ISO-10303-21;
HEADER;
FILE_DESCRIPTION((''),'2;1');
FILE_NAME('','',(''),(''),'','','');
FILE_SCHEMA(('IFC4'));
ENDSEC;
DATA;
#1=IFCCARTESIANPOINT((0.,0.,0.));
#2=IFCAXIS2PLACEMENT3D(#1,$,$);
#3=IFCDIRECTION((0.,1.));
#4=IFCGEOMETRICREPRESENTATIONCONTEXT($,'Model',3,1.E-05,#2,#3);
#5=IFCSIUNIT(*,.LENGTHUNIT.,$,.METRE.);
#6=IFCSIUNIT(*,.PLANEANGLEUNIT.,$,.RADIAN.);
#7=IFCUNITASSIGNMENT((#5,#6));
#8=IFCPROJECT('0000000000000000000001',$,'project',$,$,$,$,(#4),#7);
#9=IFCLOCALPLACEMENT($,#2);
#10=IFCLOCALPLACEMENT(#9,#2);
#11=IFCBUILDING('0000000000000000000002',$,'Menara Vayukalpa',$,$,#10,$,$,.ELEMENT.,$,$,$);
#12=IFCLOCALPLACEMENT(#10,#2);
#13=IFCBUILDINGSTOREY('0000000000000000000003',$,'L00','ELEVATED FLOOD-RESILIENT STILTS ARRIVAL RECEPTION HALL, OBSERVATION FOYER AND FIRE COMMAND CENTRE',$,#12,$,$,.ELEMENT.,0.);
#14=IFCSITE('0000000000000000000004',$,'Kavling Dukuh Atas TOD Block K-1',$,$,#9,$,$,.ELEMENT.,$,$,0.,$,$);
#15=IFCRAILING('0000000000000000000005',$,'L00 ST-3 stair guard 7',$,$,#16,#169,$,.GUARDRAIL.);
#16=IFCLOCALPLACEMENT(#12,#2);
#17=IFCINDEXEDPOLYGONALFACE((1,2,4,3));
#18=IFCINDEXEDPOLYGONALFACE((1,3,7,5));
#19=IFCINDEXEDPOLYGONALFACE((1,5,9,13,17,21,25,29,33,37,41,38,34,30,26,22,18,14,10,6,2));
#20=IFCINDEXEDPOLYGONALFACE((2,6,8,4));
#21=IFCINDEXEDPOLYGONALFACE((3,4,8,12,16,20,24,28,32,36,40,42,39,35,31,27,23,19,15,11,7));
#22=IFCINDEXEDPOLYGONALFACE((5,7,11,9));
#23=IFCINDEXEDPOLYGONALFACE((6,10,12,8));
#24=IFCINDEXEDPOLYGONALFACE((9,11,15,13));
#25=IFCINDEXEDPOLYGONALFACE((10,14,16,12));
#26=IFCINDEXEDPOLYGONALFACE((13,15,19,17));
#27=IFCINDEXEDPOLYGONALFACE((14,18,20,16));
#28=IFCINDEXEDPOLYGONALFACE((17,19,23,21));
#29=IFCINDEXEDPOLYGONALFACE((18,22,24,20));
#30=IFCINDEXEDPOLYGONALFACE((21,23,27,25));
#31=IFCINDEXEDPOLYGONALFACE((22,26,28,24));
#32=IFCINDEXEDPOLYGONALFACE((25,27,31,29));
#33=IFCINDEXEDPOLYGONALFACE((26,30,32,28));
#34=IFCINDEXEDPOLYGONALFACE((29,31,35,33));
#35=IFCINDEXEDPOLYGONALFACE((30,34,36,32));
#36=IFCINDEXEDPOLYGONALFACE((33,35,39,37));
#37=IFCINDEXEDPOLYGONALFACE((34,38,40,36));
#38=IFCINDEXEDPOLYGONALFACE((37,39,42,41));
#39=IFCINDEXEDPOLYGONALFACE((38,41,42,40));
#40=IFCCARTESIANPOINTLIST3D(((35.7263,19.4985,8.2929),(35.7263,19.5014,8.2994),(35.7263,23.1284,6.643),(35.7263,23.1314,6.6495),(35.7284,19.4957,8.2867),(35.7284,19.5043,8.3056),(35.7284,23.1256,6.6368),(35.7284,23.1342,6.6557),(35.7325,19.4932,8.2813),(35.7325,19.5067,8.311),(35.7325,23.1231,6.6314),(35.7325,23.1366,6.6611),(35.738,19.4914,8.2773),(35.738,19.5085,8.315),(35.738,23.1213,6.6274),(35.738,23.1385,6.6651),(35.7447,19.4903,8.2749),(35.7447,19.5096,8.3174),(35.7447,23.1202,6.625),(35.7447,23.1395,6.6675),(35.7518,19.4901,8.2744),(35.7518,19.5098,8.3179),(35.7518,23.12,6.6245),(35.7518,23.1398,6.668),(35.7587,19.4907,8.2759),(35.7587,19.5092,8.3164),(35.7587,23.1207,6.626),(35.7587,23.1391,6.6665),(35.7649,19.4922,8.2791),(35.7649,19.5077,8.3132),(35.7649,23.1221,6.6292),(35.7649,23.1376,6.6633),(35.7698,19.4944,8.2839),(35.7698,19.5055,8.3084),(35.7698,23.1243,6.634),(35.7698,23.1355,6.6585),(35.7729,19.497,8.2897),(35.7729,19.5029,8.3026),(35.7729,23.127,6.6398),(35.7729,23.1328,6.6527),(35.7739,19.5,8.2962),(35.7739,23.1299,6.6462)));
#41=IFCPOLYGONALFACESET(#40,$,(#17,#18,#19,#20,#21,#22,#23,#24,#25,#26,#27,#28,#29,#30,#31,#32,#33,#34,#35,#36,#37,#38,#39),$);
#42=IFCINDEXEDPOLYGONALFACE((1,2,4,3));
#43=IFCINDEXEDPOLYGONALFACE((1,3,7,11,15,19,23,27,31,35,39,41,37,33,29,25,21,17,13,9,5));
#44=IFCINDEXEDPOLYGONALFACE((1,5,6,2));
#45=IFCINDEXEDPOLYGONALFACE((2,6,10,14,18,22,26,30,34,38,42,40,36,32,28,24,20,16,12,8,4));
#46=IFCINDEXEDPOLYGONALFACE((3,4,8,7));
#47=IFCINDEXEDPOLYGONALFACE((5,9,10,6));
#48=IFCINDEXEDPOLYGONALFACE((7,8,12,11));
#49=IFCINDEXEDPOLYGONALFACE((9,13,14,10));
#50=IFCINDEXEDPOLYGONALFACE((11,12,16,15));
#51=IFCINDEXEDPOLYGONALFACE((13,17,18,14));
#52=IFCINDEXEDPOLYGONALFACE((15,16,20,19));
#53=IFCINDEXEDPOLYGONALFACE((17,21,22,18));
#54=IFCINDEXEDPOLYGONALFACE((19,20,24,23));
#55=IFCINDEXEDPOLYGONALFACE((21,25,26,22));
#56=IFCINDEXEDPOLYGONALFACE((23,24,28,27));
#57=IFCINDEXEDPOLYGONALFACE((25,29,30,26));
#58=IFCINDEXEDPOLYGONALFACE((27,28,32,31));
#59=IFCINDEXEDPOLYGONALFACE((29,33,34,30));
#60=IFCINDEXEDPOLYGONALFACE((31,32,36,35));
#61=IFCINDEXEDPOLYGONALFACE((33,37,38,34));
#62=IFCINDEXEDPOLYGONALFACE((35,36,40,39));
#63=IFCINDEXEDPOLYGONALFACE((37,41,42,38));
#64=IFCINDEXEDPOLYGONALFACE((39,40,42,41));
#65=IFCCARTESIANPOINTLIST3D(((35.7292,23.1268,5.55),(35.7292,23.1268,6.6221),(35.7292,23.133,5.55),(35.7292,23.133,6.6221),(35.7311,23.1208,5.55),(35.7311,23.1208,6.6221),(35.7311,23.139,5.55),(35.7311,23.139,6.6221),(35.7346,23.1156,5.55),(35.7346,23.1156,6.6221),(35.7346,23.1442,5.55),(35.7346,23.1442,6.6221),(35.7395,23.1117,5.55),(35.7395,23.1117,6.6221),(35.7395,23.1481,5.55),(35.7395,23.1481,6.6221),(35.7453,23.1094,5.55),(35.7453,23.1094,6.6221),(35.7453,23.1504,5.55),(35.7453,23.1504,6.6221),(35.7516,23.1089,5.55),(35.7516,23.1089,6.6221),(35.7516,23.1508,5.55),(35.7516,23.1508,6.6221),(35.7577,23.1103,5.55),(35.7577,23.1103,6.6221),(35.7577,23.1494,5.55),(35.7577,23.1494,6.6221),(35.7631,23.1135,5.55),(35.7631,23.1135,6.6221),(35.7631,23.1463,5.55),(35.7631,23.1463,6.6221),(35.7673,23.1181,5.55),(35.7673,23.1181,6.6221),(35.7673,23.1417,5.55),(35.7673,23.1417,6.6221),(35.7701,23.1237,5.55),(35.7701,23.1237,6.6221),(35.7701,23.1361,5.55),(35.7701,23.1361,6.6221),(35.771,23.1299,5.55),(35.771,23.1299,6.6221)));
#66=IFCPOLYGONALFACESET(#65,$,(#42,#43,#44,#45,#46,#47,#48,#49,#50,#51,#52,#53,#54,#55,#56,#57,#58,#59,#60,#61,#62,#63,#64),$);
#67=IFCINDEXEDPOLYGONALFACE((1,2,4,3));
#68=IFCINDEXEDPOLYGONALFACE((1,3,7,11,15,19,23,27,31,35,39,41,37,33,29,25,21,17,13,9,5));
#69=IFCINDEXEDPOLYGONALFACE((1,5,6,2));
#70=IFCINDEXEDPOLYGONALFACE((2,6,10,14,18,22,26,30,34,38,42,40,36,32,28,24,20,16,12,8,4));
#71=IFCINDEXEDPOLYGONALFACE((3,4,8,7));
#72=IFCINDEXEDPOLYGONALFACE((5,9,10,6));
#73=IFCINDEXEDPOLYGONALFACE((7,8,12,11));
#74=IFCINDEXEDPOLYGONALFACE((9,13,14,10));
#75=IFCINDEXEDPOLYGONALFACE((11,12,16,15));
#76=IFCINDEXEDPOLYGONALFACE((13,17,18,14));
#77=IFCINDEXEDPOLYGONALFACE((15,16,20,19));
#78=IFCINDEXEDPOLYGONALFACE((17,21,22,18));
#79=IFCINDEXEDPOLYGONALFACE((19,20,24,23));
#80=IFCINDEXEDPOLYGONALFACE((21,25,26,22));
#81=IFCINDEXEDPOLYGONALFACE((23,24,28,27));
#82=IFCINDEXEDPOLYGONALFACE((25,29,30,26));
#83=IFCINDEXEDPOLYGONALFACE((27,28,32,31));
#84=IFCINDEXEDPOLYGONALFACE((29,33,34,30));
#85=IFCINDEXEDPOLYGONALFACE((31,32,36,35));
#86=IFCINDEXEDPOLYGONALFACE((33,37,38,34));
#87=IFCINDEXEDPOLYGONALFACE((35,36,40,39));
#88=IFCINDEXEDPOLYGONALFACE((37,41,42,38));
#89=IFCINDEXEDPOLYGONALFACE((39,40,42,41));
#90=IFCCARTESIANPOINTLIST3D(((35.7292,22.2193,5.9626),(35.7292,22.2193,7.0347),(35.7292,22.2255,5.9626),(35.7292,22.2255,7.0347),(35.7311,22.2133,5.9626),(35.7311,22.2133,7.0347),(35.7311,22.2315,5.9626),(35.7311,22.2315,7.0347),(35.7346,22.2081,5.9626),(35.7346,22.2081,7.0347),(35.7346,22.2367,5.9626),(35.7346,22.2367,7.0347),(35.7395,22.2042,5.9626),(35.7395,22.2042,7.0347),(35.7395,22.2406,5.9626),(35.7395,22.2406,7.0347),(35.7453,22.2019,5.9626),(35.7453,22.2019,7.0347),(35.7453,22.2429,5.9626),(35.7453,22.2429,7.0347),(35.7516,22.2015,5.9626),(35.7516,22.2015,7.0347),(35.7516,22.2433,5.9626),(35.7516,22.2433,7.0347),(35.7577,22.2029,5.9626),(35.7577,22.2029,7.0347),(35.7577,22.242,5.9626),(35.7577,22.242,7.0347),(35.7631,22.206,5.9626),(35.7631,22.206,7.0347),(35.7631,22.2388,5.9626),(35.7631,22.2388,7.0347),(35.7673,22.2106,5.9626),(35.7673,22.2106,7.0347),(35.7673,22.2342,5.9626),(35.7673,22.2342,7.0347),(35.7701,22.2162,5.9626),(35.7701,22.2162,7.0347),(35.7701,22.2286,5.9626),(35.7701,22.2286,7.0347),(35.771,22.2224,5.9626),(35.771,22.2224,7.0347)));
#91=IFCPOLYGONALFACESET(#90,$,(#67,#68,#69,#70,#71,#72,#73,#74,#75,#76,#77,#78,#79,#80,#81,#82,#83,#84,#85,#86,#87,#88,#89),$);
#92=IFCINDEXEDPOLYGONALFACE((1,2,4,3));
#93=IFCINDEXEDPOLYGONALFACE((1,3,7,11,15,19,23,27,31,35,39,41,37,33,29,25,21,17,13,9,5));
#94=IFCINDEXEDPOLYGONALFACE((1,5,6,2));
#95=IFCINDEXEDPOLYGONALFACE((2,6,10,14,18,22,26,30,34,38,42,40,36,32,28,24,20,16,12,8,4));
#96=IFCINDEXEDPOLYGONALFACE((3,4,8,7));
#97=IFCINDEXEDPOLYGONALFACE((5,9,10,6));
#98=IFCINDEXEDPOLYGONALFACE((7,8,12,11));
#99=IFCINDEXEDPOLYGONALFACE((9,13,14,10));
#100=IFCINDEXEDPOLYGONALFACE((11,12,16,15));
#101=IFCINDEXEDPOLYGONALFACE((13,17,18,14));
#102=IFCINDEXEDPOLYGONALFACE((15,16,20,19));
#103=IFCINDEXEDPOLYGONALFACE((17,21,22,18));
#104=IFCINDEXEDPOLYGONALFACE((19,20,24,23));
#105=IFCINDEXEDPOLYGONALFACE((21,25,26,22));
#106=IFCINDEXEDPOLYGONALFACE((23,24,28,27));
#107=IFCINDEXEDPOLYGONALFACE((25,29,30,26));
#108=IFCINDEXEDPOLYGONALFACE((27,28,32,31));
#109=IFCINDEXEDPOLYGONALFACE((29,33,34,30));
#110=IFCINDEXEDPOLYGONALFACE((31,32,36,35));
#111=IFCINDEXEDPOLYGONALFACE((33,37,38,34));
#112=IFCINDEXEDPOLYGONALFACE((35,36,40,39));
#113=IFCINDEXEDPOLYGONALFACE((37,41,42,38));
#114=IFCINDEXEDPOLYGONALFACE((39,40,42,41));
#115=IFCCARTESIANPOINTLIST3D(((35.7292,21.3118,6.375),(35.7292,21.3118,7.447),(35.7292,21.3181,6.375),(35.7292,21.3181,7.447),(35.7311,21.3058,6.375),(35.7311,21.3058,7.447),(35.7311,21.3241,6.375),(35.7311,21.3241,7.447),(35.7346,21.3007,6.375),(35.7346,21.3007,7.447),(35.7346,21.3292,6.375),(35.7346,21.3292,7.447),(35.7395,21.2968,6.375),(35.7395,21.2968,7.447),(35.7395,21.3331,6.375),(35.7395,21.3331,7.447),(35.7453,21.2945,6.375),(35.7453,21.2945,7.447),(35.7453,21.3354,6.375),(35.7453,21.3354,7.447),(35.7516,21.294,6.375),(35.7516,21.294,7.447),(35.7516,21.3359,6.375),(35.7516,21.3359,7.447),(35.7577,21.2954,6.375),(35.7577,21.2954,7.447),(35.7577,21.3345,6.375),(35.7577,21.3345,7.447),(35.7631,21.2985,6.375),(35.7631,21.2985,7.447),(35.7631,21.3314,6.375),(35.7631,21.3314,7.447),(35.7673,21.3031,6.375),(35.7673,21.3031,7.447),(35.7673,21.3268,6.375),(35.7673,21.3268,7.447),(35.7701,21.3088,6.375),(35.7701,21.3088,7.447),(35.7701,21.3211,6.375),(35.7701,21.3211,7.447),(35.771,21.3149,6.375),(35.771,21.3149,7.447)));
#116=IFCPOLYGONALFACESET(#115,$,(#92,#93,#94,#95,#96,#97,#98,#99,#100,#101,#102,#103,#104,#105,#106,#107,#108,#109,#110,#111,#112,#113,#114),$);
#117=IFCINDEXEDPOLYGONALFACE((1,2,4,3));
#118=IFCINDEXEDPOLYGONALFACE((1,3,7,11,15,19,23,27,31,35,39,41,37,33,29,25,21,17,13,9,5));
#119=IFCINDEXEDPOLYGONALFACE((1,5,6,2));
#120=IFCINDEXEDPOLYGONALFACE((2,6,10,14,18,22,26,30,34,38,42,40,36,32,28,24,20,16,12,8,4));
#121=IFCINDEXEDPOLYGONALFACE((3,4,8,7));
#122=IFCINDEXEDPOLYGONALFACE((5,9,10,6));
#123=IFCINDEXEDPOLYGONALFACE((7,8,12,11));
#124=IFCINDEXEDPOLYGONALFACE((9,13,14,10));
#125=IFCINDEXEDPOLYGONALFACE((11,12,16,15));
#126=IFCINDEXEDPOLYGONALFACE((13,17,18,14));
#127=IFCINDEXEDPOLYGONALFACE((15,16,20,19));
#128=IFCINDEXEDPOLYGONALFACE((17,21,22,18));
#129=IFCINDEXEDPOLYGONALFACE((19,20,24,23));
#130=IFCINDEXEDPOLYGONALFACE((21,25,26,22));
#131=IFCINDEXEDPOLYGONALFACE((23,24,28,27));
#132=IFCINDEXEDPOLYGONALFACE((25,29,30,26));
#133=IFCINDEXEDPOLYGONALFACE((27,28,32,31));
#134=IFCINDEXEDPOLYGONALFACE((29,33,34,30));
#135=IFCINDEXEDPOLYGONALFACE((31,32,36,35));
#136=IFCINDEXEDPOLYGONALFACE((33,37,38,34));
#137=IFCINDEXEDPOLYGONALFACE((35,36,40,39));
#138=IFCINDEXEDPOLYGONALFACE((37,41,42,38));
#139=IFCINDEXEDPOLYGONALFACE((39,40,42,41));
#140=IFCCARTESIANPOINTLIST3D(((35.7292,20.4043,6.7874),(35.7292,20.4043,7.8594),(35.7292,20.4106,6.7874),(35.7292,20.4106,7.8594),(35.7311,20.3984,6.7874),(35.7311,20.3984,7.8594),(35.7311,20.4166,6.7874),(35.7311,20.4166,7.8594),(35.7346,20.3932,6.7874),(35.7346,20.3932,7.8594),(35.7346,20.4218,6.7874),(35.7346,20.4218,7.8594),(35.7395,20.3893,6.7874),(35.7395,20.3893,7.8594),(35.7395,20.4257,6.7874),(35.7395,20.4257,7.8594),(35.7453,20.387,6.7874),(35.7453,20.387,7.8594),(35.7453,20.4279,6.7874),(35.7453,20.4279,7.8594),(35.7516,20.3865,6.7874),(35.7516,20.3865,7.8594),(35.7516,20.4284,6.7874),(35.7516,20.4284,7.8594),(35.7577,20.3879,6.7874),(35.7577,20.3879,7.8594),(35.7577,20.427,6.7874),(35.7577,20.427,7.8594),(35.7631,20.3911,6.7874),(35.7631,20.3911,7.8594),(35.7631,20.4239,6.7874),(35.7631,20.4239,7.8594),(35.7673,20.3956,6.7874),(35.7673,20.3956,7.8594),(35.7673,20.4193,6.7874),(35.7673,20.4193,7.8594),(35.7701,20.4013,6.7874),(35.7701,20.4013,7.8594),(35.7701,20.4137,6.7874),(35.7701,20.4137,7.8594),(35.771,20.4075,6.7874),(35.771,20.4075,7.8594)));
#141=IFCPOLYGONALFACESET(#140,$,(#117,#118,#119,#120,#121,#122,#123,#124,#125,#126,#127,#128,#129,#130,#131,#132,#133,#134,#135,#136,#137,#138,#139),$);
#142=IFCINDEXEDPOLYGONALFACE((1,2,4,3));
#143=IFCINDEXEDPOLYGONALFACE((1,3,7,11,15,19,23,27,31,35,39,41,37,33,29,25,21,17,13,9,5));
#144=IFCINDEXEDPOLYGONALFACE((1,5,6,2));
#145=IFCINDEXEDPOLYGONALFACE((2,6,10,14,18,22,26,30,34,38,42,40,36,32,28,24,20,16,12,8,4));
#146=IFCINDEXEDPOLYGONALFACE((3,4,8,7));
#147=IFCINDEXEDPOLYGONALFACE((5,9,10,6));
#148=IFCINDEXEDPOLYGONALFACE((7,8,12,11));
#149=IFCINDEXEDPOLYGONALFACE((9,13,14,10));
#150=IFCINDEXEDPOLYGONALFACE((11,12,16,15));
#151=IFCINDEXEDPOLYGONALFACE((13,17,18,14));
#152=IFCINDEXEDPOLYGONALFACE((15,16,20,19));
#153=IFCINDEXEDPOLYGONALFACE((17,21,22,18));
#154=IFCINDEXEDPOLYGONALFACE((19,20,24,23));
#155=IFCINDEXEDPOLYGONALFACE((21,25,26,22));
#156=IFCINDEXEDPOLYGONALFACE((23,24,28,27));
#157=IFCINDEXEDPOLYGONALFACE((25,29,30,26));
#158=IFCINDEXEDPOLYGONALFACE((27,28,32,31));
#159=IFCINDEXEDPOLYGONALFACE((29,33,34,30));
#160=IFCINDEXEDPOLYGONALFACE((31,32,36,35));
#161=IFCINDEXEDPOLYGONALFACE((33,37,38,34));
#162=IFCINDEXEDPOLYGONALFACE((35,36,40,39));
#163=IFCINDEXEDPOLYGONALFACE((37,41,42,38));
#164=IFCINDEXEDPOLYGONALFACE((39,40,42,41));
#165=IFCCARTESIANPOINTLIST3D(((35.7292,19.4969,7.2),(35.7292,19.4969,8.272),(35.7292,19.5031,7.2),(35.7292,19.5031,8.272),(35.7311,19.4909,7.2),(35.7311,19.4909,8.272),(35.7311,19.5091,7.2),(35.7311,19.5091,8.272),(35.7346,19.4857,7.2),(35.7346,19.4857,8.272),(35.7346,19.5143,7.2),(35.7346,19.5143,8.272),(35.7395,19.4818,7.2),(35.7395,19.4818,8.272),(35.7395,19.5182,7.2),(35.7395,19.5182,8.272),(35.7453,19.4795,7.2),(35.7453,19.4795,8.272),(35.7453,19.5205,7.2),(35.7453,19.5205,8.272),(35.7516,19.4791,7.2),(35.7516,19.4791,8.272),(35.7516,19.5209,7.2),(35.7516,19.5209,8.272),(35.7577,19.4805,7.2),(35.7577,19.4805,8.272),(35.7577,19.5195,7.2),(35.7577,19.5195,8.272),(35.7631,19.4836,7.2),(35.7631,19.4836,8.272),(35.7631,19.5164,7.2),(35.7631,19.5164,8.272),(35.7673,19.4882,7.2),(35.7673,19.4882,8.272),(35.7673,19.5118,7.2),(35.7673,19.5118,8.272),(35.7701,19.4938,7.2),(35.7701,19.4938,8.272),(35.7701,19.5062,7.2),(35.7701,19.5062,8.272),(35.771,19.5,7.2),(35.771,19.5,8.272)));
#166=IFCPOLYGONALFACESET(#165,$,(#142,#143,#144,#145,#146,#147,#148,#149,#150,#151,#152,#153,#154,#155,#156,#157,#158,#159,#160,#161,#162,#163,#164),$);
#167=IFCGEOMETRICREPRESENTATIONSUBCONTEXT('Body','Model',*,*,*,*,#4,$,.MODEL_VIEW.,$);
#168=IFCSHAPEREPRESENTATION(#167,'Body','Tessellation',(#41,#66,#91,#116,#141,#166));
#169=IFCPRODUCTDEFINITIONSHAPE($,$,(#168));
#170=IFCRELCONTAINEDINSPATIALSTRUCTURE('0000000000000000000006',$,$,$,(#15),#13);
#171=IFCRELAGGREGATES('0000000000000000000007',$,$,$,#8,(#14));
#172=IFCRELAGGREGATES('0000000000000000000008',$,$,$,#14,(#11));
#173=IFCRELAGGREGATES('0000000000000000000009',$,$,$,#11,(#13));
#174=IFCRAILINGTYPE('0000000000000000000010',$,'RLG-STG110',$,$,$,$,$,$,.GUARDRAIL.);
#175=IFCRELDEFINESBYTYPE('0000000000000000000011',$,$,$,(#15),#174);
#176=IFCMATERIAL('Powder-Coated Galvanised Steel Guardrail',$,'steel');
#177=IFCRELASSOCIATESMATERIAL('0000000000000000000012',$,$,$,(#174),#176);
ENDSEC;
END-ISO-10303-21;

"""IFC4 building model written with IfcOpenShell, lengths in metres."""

from ifc_helpers import new_model, si_unit, direction, frame, origin, origin_2d, place, context, subcontext, project, spatial, circle, extrude, material, type_object, element, save


model = new_model("IFC4")

# Units and contexts
model_context = context("Model", 3, precision=1e-05, world=origin(), true_north=direction((0.0, 1.0)))
body_context = subcontext(model_context, "Body", "Model", "MODEL_VIEW")
ifc_project = project(units=[si_unit("LENGTHUNIT", "METRE"), si_unit("PLANEANGLEUNIT", "RADIAN")], contexts=[model_context])

# Site, building, storey
site_placement = place(None, origin())
site = spatial("IfcSite", under=ifc_project, at=site_placement, Name="Kavling Dukuh Atas TOD Block K-1", CompositionType="ELEMENT", RefElevation=0.0)
building_placement = place(site_placement, origin())
building = spatial("IfcBuilding", under=site, at=building_placement, Name="Menara Vayukalpa", CompositionType="ELEMENT")
storey_placement = place(building_placement, origin())
storey = spatial("IfcBuildingStorey", under=building, at=storey_placement, Name="L00", Description="ELEVATED FLOOD-RESILIENT STILTS ARRIVAL RECEPTION HALL, OBSERVATION FOYER AND FIRE COMMAND CENTRE", CompositionType="ELEMENT", Elevation=0.0)

# Railing
ifc_material_1 = material(Name="Powder-Coated Galvanised Steel Guardrail", Category="steel")
railing_type_1 = type_object("IfcRailingType", Name="RLG-STG110", PredefinedType="GUARDRAIL", material=ifc_material_1)
railing_1_placement = place(storey_placement, frame((35.75, 23.1299, 5.55)))
element("IfcRailing", 1, at=railing_1_placement, inside=storey, type_object=railing_type_1, Name="L00 ST-3 stair guard 7", PredefinedType="GUARDRAIL", context=body_context, shape_type="SweptSolid", body=[
    extrude(circle(Radius=0.0239, at=origin_2d()), frame((0.0, 0.0, 1.0962), z_axis=(0.0, -0.910371, 0.413794), x_axis=(1.0, 0.0, 0.0)), (0.0, 0.0, 1.0), 3.9873),
    extrude(circle(Radius=0.021, at=origin_2d()), origin(), (0.0, 0.0, 1.0), 1.072),
    extrude(circle(Radius=0.021, at=origin_2d()), frame((0.0, -0.9075, 0.4126)), (0.0, 0.0, 1.0), 1.072),
    extrude(circle(Radius=0.021, at=origin_2d()), frame((0.0, -1.8149, 0.825)), (0.0, 0.0, 1.0), 1.072),
    extrude(circle(Radius=0.021, at=origin_2d()), frame((0.0, -2.7224, 1.2373)), (0.0, 0.0, 1.0), 1.072),
    extrude(circle(Radius=0.021, at=origin_2d()), frame((0.0, -3.6299, 1.6499)), (0.0, 0.0, 1.0), 1.072),
])

save(model, "model.ifc")
